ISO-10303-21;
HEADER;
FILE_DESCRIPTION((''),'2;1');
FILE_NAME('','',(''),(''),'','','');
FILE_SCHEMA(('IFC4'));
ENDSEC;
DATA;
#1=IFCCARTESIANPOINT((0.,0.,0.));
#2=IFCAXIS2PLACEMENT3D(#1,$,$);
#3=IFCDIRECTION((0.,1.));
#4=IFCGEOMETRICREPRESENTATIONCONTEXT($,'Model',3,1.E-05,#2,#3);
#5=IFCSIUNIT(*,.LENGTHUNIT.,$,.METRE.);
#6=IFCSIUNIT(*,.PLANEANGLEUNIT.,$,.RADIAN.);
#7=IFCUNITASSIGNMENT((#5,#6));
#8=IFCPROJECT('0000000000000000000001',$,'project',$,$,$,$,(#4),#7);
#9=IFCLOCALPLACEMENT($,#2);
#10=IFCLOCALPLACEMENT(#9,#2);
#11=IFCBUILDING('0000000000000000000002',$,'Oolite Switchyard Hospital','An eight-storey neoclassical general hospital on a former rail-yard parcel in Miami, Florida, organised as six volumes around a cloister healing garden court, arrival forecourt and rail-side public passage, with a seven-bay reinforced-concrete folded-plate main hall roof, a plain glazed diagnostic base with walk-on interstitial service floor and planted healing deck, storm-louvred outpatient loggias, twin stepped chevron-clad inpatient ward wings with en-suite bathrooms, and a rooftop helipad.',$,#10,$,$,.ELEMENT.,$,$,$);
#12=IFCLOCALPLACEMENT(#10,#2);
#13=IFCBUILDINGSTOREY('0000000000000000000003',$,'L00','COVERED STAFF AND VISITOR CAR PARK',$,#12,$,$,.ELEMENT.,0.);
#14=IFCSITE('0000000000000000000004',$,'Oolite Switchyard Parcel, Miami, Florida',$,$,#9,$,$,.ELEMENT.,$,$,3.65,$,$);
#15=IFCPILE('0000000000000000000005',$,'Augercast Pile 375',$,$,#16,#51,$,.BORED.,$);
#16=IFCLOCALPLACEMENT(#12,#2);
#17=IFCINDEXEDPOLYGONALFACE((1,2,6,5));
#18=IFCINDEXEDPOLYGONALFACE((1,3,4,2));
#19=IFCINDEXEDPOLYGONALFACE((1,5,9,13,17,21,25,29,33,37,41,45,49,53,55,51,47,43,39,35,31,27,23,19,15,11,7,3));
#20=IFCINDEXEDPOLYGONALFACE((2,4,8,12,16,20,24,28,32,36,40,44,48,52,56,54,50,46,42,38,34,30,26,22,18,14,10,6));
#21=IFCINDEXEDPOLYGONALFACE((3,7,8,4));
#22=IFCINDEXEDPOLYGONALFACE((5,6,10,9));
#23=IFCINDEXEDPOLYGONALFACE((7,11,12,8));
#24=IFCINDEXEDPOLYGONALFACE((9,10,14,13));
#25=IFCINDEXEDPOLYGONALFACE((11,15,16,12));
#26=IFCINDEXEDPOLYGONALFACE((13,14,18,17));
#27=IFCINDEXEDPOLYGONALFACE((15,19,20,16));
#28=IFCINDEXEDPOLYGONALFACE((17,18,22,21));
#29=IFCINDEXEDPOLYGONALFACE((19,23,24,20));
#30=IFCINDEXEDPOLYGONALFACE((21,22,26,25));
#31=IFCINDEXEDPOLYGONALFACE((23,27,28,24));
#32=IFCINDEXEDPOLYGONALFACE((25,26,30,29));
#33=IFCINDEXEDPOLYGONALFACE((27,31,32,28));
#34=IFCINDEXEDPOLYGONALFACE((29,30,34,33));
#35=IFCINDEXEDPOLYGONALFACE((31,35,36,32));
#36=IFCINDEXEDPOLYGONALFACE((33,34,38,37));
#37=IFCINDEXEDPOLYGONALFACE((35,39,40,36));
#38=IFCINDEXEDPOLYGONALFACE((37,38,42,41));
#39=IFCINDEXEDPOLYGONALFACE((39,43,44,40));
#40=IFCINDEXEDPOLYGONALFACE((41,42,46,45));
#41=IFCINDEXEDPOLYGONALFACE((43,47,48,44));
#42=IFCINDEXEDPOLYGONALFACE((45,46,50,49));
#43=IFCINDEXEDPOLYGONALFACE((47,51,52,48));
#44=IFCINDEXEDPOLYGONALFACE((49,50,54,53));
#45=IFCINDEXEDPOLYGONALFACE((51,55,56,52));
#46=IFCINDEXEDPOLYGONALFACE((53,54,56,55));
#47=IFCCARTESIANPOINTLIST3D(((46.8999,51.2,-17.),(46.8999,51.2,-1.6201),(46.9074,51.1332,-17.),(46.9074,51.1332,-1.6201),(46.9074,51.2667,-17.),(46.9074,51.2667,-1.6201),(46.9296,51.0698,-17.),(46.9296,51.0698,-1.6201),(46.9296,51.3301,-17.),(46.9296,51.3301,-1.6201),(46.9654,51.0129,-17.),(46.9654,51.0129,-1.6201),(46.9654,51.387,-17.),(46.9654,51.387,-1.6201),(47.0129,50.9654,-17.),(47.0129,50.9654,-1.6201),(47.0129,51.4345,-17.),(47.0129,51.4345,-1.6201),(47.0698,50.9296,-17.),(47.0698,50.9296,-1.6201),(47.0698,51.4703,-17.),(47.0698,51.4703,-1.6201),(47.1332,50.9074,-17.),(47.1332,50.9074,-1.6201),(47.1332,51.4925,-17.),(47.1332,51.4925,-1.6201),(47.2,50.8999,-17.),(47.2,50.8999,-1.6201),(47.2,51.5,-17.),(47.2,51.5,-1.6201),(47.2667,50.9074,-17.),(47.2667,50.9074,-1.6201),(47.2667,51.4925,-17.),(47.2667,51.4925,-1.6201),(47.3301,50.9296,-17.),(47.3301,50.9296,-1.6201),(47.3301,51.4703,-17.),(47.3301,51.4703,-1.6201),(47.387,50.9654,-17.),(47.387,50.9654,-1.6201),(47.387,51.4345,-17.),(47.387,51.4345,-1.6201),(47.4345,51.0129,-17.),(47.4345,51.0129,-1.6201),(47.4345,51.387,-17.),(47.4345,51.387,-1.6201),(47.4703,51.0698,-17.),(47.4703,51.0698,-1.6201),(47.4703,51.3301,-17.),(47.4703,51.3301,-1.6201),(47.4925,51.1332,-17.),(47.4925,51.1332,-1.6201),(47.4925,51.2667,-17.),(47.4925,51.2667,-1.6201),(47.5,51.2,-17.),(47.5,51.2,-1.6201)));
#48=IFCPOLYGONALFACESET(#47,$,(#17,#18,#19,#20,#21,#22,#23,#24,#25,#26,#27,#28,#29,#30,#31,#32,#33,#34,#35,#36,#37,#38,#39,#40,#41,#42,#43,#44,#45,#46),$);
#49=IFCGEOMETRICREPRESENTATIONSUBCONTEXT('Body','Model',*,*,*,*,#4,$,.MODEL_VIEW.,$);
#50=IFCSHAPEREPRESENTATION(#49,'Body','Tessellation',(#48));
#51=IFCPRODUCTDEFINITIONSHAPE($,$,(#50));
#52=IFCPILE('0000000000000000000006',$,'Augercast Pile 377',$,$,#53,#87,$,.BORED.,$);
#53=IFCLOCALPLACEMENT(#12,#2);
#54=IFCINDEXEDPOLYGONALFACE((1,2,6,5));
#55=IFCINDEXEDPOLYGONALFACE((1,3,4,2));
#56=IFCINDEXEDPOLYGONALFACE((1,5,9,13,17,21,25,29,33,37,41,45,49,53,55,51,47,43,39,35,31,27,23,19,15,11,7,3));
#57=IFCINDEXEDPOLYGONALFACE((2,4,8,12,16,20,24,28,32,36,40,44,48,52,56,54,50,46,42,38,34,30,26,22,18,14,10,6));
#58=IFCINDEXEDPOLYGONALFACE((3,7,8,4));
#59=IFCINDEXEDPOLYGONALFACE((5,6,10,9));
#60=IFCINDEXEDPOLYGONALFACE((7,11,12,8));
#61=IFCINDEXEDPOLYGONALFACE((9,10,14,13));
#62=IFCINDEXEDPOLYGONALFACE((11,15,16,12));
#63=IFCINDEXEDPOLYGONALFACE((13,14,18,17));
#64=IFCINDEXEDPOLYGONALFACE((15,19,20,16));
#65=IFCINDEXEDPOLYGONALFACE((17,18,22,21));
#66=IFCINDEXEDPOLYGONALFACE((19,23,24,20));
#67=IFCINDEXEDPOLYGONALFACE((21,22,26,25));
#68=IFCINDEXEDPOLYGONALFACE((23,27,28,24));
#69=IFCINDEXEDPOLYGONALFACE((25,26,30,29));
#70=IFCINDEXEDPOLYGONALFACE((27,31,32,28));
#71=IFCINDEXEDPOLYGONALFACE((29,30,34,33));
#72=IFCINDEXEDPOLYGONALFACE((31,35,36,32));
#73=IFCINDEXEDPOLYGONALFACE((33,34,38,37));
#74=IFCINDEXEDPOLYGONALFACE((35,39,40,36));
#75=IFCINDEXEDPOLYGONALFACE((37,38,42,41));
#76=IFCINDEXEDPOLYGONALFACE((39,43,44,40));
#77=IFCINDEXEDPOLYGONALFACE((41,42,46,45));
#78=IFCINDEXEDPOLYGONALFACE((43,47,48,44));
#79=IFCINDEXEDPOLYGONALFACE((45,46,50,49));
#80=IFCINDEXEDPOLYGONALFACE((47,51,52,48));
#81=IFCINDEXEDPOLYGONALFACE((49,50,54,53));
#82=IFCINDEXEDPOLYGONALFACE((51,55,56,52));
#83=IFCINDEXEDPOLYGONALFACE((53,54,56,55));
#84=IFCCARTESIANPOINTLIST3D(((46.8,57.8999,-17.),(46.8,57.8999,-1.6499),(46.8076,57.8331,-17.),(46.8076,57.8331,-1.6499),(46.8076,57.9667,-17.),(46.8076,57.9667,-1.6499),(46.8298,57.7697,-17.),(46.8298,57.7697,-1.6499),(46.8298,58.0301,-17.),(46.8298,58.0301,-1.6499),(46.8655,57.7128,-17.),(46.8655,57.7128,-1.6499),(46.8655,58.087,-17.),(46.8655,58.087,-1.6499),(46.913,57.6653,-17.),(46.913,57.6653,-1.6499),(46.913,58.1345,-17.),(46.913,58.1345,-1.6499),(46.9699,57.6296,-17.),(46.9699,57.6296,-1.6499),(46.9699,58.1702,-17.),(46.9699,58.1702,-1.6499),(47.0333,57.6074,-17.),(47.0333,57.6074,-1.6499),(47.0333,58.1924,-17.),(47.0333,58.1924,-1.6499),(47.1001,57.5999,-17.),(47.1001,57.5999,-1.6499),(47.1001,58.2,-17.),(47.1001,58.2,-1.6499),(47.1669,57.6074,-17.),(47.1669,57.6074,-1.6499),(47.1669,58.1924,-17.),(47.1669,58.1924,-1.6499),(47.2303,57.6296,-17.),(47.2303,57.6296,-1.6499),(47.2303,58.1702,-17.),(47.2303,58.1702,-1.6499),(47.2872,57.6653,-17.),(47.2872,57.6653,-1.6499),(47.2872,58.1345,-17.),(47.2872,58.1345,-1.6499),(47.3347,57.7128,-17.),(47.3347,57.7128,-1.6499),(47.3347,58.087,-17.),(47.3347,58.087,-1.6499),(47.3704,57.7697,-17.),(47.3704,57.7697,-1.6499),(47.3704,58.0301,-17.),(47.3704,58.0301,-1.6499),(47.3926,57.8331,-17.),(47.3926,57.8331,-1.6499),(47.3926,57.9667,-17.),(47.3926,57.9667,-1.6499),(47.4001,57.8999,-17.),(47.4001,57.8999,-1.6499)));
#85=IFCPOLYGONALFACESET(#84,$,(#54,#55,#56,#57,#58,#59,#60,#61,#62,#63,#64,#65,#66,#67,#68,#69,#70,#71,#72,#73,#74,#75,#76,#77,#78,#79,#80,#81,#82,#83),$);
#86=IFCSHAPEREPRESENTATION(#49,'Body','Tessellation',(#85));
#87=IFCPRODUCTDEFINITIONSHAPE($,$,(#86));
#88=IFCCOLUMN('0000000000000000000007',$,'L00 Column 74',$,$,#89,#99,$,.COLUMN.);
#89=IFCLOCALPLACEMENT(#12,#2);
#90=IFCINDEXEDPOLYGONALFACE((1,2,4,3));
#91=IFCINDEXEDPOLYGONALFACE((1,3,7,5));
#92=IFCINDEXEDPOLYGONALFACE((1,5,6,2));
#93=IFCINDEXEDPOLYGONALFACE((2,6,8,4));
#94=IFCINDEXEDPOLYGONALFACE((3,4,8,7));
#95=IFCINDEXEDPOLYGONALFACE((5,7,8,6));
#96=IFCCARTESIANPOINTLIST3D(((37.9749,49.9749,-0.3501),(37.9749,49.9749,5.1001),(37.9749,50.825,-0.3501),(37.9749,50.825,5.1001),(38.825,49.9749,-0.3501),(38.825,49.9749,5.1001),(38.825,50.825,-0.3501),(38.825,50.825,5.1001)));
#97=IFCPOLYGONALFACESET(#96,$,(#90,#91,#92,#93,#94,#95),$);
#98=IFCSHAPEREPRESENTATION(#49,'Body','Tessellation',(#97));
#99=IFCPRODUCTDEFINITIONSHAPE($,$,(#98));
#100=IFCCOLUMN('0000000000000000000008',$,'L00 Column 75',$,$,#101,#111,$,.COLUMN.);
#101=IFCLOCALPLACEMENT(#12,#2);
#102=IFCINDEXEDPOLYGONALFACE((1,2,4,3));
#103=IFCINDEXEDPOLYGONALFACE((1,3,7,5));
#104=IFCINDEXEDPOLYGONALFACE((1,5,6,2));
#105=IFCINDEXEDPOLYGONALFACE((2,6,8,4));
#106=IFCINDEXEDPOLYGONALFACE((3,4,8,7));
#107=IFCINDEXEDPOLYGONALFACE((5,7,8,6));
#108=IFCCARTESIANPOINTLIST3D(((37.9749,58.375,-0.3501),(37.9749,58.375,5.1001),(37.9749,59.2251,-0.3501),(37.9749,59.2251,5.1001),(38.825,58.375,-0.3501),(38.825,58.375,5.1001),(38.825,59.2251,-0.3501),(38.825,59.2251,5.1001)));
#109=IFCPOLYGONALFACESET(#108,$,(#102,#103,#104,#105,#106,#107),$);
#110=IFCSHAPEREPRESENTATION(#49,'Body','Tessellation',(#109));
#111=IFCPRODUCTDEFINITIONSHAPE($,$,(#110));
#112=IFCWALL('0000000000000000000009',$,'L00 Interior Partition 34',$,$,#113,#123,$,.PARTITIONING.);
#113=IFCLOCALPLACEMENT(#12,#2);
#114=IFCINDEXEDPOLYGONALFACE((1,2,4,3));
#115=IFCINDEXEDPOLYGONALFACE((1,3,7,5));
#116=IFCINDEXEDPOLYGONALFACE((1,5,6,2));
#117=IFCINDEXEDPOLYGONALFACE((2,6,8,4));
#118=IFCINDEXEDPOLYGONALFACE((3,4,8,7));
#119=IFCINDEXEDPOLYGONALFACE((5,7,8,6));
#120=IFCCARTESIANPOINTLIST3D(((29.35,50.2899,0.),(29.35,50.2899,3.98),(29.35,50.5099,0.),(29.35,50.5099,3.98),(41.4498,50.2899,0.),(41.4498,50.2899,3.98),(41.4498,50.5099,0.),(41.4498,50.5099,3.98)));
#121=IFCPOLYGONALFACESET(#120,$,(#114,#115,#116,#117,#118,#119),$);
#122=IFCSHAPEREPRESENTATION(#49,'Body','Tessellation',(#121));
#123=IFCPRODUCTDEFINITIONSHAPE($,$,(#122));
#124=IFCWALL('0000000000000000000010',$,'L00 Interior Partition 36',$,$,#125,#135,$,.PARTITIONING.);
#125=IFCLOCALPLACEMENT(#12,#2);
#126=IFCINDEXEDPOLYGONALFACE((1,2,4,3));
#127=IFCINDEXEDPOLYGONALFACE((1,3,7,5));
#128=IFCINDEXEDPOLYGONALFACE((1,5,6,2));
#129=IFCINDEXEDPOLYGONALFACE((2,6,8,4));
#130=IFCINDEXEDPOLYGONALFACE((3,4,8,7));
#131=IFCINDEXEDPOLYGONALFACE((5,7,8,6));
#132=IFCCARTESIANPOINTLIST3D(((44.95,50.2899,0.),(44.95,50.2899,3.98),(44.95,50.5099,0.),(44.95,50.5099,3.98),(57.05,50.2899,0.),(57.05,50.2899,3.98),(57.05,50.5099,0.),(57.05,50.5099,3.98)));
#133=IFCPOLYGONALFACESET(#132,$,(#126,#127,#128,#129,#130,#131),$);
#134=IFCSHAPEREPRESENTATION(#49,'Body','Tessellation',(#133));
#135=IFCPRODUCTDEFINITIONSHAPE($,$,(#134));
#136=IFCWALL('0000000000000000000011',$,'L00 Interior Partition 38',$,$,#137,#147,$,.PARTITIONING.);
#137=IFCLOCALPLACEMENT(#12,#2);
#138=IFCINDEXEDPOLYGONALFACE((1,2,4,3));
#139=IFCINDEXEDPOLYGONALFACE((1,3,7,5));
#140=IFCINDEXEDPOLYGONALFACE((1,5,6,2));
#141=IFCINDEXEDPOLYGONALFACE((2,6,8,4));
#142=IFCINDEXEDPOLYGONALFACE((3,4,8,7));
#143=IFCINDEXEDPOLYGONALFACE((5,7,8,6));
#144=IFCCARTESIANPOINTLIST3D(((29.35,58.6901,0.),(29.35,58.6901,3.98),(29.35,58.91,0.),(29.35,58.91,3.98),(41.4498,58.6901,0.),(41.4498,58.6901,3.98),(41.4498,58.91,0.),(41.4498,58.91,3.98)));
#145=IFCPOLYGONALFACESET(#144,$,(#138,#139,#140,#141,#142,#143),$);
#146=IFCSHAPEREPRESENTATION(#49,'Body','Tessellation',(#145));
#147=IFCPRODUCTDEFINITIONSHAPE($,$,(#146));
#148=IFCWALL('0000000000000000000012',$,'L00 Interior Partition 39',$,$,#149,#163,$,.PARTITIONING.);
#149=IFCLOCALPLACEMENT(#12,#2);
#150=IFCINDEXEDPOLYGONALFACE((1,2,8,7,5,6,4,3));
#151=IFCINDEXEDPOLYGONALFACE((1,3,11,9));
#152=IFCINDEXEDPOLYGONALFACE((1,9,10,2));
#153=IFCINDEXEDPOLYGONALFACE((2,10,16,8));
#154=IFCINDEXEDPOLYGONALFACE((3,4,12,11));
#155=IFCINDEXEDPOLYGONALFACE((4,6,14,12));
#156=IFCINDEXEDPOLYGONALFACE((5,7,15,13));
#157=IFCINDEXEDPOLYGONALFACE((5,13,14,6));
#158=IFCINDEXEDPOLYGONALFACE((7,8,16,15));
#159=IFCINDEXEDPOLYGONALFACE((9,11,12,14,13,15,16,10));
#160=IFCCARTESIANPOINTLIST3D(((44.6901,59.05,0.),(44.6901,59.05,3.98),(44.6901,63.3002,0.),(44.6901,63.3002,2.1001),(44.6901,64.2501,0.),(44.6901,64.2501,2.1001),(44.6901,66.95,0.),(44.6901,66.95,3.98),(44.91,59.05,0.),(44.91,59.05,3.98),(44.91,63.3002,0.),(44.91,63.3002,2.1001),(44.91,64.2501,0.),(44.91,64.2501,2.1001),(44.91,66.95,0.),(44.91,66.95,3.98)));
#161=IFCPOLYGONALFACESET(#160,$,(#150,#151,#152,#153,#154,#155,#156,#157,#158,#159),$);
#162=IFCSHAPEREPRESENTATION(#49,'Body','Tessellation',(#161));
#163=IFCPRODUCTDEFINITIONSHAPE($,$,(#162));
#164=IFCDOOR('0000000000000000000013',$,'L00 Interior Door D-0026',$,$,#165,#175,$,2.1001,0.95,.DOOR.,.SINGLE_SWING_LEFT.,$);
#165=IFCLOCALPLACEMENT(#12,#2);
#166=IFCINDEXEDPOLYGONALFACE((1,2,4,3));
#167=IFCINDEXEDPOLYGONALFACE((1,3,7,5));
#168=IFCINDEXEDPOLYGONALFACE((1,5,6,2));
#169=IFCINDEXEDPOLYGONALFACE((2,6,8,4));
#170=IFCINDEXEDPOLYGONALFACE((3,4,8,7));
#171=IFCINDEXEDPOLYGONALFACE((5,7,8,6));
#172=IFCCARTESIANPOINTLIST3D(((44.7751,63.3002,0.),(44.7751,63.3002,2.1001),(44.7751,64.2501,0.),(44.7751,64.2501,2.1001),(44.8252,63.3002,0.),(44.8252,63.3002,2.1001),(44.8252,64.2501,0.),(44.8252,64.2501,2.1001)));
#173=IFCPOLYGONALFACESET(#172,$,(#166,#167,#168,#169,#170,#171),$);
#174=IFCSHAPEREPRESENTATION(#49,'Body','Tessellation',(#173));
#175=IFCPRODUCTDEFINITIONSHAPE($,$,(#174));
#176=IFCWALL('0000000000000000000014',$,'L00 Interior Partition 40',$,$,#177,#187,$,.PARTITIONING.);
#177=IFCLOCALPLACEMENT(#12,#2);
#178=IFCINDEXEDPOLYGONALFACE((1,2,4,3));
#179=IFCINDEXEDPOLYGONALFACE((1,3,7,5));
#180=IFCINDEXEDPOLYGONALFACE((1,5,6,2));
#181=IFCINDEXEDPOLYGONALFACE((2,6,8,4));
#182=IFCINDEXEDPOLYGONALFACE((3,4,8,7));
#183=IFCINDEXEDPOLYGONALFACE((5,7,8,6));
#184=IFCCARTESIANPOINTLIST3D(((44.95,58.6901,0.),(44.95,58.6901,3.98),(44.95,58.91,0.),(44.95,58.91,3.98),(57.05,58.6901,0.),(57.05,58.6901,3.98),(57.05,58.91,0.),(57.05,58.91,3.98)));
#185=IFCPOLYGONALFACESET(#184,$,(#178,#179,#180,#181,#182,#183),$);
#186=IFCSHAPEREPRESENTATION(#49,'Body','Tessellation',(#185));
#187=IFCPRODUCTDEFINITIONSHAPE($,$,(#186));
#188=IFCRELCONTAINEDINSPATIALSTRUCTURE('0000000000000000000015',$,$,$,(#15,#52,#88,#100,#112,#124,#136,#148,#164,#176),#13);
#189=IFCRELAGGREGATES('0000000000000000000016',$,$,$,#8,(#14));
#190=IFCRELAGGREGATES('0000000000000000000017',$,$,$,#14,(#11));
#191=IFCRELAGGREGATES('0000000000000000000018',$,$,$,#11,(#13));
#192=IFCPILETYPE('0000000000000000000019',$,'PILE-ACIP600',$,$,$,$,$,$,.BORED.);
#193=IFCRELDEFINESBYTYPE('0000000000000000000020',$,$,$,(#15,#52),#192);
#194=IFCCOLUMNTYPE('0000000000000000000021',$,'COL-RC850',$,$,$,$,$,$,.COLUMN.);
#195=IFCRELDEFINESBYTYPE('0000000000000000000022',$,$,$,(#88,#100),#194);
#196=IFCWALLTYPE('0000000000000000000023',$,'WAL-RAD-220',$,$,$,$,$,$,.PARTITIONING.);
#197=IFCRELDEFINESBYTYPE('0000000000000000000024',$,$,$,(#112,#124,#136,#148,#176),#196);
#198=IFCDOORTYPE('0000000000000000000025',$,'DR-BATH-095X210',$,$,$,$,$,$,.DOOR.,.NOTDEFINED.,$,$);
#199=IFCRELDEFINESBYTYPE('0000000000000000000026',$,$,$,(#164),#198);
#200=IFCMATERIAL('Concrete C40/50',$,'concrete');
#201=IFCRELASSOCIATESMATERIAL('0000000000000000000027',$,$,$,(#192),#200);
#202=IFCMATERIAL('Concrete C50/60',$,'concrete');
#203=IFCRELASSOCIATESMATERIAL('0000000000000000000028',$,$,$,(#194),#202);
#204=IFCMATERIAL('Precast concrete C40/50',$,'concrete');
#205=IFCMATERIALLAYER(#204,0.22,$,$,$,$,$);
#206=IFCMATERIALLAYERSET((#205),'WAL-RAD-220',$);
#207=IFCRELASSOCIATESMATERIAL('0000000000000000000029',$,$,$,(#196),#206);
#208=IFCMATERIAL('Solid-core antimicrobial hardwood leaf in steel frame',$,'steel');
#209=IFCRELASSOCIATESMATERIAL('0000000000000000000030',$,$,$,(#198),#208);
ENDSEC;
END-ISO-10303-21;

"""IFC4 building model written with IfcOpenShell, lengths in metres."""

from ifc_helpers import new_model, si_unit, direction, frame, frame_2d, origin, origin_2d, place, context, subcontext, project, spatial, rectangle, circle, extrude, material, layer, layer_set, material_profile, profile_set, type_object, element, fill, save


model = new_model("IFC4")

# Units and contexts
model_context = context("Model", 3, precision=1e-05, world=origin(), true_north=direction((0.0, 1.0)))
body_context = subcontext(model_context, "Body", "Model", "MODEL_VIEW")
ifc_project = project(units=[si_unit("LENGTHUNIT", "METRE"), si_unit("PLANEANGLEUNIT", "RADIAN")], contexts=[model_context])

# Site, building, storey
site_placement = place(None, origin())
site = spatial("IfcSite", under=ifc_project, at=site_placement, Name="Oolite Switchyard Parcel, Miami, Florida", CompositionType="ELEMENT", RefElevation=3.65)
building_placement = place(site_placement, origin())
building = spatial("IfcBuilding", under=site, at=building_placement, Name="Oolite Switchyard Hospital", Description="An eight-storey neoclassical general hospital on a former rail-yard parcel in Miami, Florida, organised as six volumes around a cloister healing garden court, arrival forecourt and rail-side public passage, with a seven-bay reinforced-concrete folded-plate main hall roof, a plain glazed diagnostic base with walk-on interstitial service floor and planted healing deck, storm-louvred outpatient loggias, twin stepped chevron-clad inpatient ward wings with en-suite bathrooms, and a rooftop helipad.", CompositionType="ELEMENT")
storey_placement = place(building_placement, origin())
storey = spatial("IfcBuildingStorey", under=building, at=storey_placement, Name="L00", Description="COVERED STAFF AND VISITOR CAR PARK", CompositionType="ELEMENT", Elevation=0.0)

# Shared definitions
ifc_material_1 = material(Name="Concrete C40/50", Category="concrete")

# Piles
ifc_material_profile_1 = material_profile(ifc_material_1, circle(Radius=0.3, at=origin_2d()), Name="PILE600")
ifc_profile_set_1 = profile_set([ifc_material_profile_1], Name="Concrete C40/50")
pile_type = type_object("IfcPileType", Name="PILE-ACIP600", PredefinedType="BORED", material=ifc_profile_set_1)
pile_1_placement = place(storey_placement, frame((47.2, 51.2, -1.6201), z_axis=(0.0, 0.0, -1.0), x_axis=(1.0, 0.0, 0.0)))
element("IfcPile", 1, at=pile_1_placement, inside=storey, type_object=pile_type, Name="Augercast Pile 375", PredefinedType="BORED", context=body_context, shape_type="SweptSolid", body=[
    extrude(circle(Radius=0.3, at=origin_2d()), origin(), (0.0, 0.0, 1.0), 15.3799),
])
pile_2_placement = place(storey_placement, frame((47.1001, 57.8999, -1.6499), z_axis=(0.0, 0.0, -1.0), x_axis=(1.0, 0.0, 0.0)))
element("IfcPile", 2, at=pile_2_placement, inside=storey, type_object=pile_type, Name="Augercast Pile 377", PredefinedType="BORED", context=body_context, shape_type="SweptSolid", body=[
    extrude(circle(Radius=0.3, at=origin_2d()), origin(), (0.0, 0.0, 1.0), 15.3501),
])

# Columns
ifc_material_2 = material(Name="Concrete C50/60", Category="concrete")
ifc_material_profile_2 = material_profile(ifc_material_2, rectangle(XDim=0.8501, YDim=0.8501, at=origin_2d()), Name="RC850X850")
ifc_profile_set_2 = profile_set([ifc_material_profile_2], Name="Concrete C50/60")
column_type = type_object("IfcColumnType", Name="COL-RC850", PredefinedType="COLUMN", material=ifc_profile_set_2)
for number, where, z_axis, x_axis, name in (
    (3, (38.3999, 50.3999, -0.3501), (0.0, 0.0, 1.0), (1.0, 0.0, 0.0), "L00 Column 74"),
    (4, (38.3999, 58.8, -0.3501), (0.0, 0.0, 1.0), (1.0, 0.0, 0.0), "L00 Column 75"),
):
    element("IfcColumn", number, at=place(storey_placement, frame(where, z_axis=z_axis, x_axis=x_axis)), inside=storey, type_object=column_type, Name=name, PredefinedType="COLUMN", context=body_context, shape_type="SweptSolid", body=[
        extrude(rectangle(XDim=0.8501, YDim=0.8501, at=origin_2d()), origin(), (0.0, 0.0, 1.0), 5.4502),
    ])

# Shared definitions
ifc_material_3 = material(Name="Precast concrete C40/50", Category="concrete")
ifc_layer = layer(ifc_material_3, 0.22)
ifc_layer_set = layer_set([ifc_layer], Name="WAL-RAD-220")
wall_type = type_object("IfcWallType", Name="WAL-RAD-220", PredefinedType="PARTITIONING", material=ifc_layer_set)

# Wall
wall_1_placement = place(storey_placement, frame((29.3501, 50.3999, 0.0), z_axis=(0.0, 0.0, 1.0), x_axis=(1.0, 0.0, 0.0)))
element("IfcWall", 5, at=wall_1_placement, inside=storey, type_object=wall_type, Name="L00 Interior Partition 34", PredefinedType="PARTITIONING", context=body_context, shape_type="SweptSolid", body=[
    extrude(rectangle(XDim=12.0999, YDim=0.22, at=frame_2d((6.0498, 0.0))), origin(), (0.0, 0.0, 1.0), 3.98),
])

# Wall
wall_2_placement = place(storey_placement, frame((44.95, 50.3999, 0.0), z_axis=(0.0, 0.0, 1.0), x_axis=(1.0, 0.0, 0.0)))
element("IfcWall", 6, at=wall_2_placement, inside=storey, type_object=wall_type, Name="L00 Interior Partition 36", PredefinedType="PARTITIONING", context=body_context, shape_type="SweptSolid", body=[
    extrude(rectangle(XDim=12.1001, YDim=0.22, at=frame_2d((6.05, 0.0))), origin(), (0.0, 0.0, 1.0), 3.98),
])

# Wall
wall_3_placement = place(storey_placement, frame((29.3501, 58.8, 0.0), z_axis=(0.0, 0.0, 1.0), x_axis=(1.0, 0.0, 0.0)))
element("IfcWall", 7, at=wall_3_placement, inside=storey, type_object=wall_type, Name="L00 Interior Partition 38", PredefinedType="PARTITIONING", context=body_context, shape_type="SweptSolid", body=[
    extrude(rectangle(XDim=12.0999, YDim=0.22, at=frame_2d((6.0498, 0.0))), origin(), (0.0, 0.0, 1.0), 3.98),
])

# Wall, opening, door
wall_4_placement = place(storey_placement, frame((44.8, 59.05, 0.0), z_axis=(0.0, 0.0, 1.0), x_axis=(0.0, 1.0, 0.0)))
wall_4 = element("IfcWall", 8, at=wall_4_placement, inside=storey, type_object=wall_type, Name="L00 Interior Partition 39", PredefinedType="PARTITIONING", context=body_context, shape_type="SweptSolid", body=[
    extrude(rectangle(XDim=7.8999, YDim=0.22, at=frame_2d((3.95, 0.0))), origin(), (0.0, 0.0, 1.0), 3.98),
])
opening_1_placement = place(wall_4_placement, frame((4.25, 0.0, 0.0)))
opening_1 = element("IfcOpeningElement", 9, at=opening_1_placement, cuts=wall_4, PredefinedType="OPENING", context=body_context, shape_type="SweptSolid", body=[
    extrude(rectangle(XDim=0.95, YDim=2.1001, at=frame_2d((0.4751, 1.05))), frame((0.0, 0.1201, 0.0), z_axis=(0.0, -1.0, 0.0), x_axis=(1.0, 0.0, 0.0)), (0.0, 0.0, 1.0), 0.24),
])
ifc_material_4 = material(Name="Solid-core antimicrobial hardwood leaf in steel frame", Category="steel")
door_type_1 = type_object("IfcDoorType", Name="DR-BATH-095X210", OperationType="NOTDEFINED", PredefinedType="DOOR", material=ifc_material_4)
door_1_placement = place(opening_1_placement, origin())
door_1 = element("IfcDoor", 10, at=door_1_placement, inside=storey, type_object=door_type_1, Name="L00 Interior Door D-0026", OperationType="SINGLE_SWING_LEFT", OverallHeight=2.1001, OverallWidth=0.95, PredefinedType="DOOR", context=body_context, shape_type="SweptSolid", body=[
    extrude(rectangle(XDim=0.95, YDim=2.1001, at=frame_2d((0.4751, 1.05))), frame((0.0, 0.0249, 0.0), z_axis=(0.0, -1.0, 0.0), x_axis=(1.0, 0.0, 0.0)), (0.0, 0.0, 1.0), 0.05),
])
fill(opening_1, door_1)

# Wall
wall_5_placement = place(storey_placement, frame((44.95, 58.8, 0.0), z_axis=(0.0, 0.0, 1.0), x_axis=(1.0, 0.0, 0.0)))
element("IfcWall", 11, at=wall_5_placement, inside=storey, type_object=wall_type, Name="L00 Interior Partition 40", PredefinedType="PARTITIONING", context=body_context, shape_type="SweptSolid", body=[
    extrude(rectangle(XDim=12.1001, YDim=0.22, at=frame_2d((6.05, 0.0))), origin(), (0.0, 0.0, 1.0), 3.98),
])

save(model, "model.ifc")
